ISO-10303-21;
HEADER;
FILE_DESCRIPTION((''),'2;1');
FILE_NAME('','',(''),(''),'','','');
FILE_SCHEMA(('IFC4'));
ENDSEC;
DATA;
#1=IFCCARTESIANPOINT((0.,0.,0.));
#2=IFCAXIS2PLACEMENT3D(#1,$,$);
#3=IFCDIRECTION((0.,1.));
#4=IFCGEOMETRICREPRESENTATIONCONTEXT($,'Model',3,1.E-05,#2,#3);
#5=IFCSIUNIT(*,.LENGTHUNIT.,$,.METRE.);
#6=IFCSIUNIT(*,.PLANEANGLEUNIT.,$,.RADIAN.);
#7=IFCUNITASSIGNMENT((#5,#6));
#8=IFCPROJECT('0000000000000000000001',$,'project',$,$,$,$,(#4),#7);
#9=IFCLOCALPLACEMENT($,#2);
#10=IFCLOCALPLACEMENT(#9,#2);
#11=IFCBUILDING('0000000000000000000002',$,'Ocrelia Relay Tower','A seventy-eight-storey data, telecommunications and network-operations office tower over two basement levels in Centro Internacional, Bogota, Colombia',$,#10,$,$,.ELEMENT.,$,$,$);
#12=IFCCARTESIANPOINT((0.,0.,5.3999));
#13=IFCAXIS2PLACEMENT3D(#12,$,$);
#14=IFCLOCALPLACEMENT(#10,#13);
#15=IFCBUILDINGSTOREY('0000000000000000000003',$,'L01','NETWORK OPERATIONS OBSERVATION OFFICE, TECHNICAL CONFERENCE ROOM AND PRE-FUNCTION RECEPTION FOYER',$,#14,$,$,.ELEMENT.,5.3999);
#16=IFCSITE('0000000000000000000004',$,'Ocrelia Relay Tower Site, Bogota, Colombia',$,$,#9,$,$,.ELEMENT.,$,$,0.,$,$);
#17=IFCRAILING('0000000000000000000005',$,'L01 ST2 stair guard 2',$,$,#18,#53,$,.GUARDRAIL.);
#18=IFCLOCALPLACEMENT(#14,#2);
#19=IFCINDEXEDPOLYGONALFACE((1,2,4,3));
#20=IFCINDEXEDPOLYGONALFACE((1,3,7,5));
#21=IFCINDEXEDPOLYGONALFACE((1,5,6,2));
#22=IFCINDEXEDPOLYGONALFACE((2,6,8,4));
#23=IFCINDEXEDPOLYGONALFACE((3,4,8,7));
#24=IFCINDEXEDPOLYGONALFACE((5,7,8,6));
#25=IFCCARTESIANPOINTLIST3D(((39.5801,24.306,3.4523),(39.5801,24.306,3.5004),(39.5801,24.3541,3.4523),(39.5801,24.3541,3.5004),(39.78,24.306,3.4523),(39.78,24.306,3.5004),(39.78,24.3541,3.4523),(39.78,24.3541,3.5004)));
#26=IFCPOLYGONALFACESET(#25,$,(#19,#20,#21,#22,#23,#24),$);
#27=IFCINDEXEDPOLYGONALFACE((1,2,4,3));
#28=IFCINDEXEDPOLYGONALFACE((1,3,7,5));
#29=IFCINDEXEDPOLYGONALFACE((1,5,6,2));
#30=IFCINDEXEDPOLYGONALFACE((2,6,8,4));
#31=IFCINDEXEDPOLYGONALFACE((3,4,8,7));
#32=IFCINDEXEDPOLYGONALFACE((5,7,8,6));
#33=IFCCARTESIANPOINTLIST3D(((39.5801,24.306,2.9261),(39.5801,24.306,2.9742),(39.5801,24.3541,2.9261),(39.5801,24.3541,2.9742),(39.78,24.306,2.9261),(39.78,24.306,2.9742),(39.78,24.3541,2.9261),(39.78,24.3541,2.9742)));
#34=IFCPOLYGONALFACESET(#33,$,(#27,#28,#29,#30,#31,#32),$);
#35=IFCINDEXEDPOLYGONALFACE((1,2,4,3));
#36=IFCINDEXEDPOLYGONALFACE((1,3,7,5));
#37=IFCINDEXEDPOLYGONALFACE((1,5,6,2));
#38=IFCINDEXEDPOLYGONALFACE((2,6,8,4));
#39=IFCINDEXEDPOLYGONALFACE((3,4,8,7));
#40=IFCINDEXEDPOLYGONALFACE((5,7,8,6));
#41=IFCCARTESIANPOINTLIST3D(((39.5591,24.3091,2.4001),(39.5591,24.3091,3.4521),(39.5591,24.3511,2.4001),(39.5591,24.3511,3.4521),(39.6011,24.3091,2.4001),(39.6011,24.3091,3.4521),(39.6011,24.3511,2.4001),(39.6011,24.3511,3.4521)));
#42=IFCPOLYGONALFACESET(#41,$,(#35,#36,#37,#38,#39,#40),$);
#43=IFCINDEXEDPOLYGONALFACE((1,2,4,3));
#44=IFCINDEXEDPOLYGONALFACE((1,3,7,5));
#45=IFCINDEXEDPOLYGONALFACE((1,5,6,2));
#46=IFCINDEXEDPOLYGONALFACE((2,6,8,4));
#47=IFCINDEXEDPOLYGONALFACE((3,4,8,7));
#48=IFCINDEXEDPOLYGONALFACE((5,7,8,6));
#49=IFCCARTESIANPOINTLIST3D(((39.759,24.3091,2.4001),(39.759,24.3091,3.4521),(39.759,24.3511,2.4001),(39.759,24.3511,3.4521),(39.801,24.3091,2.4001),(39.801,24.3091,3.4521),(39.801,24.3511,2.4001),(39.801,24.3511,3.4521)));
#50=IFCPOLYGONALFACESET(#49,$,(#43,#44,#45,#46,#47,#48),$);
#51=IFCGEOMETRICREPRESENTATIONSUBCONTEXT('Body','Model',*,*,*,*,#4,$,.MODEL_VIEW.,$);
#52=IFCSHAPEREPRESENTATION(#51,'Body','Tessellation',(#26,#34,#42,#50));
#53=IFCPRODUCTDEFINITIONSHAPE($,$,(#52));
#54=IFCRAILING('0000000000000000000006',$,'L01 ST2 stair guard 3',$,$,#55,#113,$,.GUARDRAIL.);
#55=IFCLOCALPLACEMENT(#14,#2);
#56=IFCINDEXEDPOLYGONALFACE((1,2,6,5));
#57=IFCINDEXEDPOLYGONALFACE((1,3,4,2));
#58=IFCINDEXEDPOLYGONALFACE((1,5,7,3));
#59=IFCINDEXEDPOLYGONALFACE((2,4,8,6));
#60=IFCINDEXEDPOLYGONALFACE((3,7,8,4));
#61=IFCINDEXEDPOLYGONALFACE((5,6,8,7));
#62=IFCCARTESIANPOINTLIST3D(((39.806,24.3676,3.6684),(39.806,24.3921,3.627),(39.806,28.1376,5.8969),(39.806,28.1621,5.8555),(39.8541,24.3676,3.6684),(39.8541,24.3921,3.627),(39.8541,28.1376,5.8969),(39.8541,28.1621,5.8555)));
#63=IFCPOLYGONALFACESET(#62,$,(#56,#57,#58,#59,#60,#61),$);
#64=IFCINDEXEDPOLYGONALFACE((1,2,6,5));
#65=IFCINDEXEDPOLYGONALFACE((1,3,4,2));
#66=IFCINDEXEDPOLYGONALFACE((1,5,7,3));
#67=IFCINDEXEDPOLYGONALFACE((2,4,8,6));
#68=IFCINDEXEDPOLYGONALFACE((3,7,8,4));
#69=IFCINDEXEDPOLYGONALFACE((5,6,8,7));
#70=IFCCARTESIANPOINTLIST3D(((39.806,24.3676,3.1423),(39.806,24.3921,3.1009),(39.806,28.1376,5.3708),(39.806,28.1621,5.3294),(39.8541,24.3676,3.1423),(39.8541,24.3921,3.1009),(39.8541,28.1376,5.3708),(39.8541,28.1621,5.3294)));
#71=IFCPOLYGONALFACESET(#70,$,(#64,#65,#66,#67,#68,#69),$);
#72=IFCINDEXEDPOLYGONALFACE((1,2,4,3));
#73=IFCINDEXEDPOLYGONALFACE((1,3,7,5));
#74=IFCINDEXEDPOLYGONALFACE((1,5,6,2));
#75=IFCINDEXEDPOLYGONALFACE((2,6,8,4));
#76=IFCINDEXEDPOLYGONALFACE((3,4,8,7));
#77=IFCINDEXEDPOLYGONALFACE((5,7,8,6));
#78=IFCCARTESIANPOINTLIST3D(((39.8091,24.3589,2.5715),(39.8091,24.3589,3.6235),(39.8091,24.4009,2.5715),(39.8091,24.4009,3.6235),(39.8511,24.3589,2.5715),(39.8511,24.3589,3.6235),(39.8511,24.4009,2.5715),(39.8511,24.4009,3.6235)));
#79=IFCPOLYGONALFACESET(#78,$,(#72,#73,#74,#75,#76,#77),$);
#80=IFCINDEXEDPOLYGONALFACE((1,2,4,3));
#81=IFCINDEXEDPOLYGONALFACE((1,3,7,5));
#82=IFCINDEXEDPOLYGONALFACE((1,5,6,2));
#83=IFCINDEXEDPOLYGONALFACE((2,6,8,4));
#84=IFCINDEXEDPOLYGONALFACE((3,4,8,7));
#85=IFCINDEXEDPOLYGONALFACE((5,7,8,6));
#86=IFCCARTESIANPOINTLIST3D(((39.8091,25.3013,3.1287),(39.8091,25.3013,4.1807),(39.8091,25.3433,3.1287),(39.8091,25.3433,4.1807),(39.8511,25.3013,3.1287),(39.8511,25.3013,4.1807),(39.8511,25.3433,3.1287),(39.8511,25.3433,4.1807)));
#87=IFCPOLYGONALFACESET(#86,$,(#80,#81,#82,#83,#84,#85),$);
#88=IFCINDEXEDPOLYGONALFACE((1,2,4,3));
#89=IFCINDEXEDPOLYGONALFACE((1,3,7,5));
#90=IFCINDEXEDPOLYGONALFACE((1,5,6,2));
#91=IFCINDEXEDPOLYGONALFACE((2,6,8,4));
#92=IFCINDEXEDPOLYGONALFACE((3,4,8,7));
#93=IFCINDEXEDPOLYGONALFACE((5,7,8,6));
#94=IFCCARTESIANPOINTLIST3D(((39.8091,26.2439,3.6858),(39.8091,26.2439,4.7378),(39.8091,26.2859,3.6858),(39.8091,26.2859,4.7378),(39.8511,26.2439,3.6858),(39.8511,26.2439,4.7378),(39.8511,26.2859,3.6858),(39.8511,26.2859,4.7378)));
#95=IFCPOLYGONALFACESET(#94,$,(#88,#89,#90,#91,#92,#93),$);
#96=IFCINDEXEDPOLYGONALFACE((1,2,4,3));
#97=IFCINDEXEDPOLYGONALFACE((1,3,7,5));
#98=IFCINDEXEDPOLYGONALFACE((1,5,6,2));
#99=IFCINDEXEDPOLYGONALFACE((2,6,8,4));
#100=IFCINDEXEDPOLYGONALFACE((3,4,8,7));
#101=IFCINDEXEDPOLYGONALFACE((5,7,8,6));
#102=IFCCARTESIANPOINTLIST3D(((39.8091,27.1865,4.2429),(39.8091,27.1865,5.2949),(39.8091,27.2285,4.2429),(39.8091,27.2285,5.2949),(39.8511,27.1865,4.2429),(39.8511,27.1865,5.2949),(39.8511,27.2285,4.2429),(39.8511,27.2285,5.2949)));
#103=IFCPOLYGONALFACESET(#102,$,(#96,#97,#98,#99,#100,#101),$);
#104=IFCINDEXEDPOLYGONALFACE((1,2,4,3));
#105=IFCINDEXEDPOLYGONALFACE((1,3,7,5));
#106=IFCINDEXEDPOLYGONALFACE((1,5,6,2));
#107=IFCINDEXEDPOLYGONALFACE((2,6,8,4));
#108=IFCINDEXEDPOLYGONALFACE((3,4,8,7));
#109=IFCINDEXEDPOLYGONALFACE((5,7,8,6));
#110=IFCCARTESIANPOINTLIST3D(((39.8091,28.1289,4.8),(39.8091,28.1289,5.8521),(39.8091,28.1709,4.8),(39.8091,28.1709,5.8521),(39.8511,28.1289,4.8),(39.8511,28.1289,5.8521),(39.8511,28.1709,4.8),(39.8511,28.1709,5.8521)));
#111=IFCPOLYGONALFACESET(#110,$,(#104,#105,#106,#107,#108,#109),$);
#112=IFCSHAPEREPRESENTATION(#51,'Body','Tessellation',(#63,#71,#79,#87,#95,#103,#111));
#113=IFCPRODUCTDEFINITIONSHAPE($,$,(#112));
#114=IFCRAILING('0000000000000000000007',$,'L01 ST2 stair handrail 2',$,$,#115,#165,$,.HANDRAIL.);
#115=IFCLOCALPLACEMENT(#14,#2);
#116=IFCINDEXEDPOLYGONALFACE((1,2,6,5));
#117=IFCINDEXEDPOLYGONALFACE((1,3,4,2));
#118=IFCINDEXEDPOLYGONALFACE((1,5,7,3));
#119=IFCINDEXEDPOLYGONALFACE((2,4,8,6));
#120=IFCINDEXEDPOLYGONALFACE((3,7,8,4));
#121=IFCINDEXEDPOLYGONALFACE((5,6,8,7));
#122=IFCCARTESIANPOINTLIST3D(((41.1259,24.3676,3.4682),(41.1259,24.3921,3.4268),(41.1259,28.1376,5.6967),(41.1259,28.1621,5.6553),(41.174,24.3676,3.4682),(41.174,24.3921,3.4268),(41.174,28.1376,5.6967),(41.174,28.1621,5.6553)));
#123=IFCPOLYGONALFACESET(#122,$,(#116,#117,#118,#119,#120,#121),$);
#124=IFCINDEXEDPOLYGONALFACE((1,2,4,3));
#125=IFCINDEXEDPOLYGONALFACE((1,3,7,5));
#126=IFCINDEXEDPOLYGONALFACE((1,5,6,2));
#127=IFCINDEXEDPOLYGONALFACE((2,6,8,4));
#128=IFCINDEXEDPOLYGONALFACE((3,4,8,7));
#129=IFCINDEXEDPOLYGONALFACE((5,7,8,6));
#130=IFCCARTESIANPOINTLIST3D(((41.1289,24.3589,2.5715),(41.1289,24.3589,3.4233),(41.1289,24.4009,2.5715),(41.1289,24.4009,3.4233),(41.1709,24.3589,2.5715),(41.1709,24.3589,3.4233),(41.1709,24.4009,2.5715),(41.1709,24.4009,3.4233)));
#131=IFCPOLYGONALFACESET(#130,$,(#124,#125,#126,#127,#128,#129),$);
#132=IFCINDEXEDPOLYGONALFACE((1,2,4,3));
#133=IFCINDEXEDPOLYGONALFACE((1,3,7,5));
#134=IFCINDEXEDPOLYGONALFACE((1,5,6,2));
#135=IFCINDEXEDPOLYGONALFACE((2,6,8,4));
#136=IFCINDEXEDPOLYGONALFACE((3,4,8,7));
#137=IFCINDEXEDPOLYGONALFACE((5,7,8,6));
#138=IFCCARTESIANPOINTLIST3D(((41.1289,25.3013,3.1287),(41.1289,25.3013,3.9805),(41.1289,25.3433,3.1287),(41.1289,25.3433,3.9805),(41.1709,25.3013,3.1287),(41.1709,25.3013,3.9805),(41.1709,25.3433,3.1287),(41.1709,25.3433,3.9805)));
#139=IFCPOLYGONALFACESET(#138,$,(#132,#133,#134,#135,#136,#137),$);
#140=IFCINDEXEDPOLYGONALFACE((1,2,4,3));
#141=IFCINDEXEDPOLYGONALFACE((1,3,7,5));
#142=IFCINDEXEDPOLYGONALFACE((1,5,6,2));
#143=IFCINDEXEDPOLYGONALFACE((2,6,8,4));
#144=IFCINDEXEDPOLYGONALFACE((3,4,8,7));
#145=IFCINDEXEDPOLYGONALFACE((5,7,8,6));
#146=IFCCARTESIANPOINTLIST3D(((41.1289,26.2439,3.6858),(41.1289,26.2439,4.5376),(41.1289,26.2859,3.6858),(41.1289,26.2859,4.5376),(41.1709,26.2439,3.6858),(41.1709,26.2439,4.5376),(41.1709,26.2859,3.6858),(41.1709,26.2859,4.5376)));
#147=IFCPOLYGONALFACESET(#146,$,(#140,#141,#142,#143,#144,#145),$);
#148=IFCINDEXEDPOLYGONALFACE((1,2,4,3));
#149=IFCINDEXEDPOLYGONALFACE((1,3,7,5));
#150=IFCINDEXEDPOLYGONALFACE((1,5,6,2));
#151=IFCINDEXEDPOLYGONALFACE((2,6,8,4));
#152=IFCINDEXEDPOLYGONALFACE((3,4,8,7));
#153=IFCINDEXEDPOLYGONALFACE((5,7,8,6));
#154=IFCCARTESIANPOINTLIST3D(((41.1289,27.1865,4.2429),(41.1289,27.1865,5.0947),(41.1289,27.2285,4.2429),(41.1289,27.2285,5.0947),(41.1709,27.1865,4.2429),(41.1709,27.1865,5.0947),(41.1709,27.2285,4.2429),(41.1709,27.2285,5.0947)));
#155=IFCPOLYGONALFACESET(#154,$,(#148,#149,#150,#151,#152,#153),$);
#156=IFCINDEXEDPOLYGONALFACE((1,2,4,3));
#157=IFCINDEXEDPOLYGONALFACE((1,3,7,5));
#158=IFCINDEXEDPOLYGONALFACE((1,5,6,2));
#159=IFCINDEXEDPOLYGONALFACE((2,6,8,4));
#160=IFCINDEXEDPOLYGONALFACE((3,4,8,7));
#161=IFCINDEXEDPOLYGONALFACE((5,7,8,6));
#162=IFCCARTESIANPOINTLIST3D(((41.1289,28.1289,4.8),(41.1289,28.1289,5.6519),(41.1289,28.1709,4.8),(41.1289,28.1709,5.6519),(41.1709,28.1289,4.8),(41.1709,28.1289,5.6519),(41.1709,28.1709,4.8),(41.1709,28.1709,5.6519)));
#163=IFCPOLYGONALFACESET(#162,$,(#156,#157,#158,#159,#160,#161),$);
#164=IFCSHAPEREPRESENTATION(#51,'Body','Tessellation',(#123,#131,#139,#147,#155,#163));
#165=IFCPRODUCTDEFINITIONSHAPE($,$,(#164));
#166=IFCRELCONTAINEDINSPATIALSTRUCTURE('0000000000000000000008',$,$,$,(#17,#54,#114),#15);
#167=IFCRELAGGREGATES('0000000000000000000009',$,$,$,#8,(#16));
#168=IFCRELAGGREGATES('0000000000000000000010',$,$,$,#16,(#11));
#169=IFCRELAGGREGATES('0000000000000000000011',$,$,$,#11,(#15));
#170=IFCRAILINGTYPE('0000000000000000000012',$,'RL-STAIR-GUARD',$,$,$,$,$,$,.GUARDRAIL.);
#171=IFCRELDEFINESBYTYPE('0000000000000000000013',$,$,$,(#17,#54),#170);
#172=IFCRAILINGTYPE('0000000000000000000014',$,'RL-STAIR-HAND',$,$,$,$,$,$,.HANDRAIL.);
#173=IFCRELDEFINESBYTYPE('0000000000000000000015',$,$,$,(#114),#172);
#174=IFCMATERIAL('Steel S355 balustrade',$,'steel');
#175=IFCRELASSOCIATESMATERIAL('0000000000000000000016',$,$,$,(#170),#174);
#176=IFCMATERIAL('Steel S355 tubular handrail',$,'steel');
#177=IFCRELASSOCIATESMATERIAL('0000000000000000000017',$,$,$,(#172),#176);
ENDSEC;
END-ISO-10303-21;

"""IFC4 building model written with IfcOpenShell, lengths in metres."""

from ifc_helpers import new_model, si_unit, direction, frame, origin, origin_2d, place, context, subcontext, project, spatial, rectangle, extrude, material, type_object, element, save


model = new_model("IFC4")

# Units and contexts
model_context = context("Model", 3, precision=1e-05, world=origin(), true_north=direction((0.0, 1.0)))
body_context = subcontext(model_context, "Body", "Model", "MODEL_VIEW")
ifc_project = project(units=[si_unit("LENGTHUNIT", "METRE"), si_unit("PLANEANGLEUNIT", "RADIAN")], contexts=[model_context])

# Site, building, storey
site_placement = place(None, origin())
site = spatial("IfcSite", under=ifc_project, at=site_placement, Name="Ocrelia Relay Tower Site, Bogota, Colombia", CompositionType="ELEMENT", RefElevation=0.0)
building_placement = place(site_placement, origin())
building = spatial("IfcBuilding", under=site, at=building_placement, Name="Ocrelia Relay Tower", Description="A seventy-eight-storey data, telecommunications and network-operations office tower over two basement levels in Centro Internacional, Bogota, Colombia", CompositionType="ELEMENT")
storey_placement = place(building_placement, frame((0.0, 0.0, 5.3999)))
storey = spatial("IfcBuildingStorey", under=building, at=storey_placement, Name="L01", Description="NETWORK OPERATIONS OBSERVATION OFFICE, TECHNICAL CONFERENCE ROOM AND PRE-FUNCTION RECEPTION FOYER", CompositionType="ELEMENT", Elevation=5.3999)

# Railings
ifc_material_1 = material(Name="Steel S355 balustrade", Category="steel")
railing_type_1 = type_object("IfcRailingType", Name="RL-STAIR-GUARD", PredefinedType="GUARDRAIL", material=ifc_material_1)
railing_1_placement = place(storey_placement, frame((39.5801, 24.3301, 2.4001)))
element("IfcRailing", 1, at=railing_1_placement, inside=storey, type_object=railing_type_1, Name="L01 ST2 stair guard 2", PredefinedType="GUARDRAIL", context=body_context, shape_type="SweptSolid", body=[
    extrude(rectangle(XDim=0.0481, YDim=0.0481, at=origin_2d()), frame((0.0, 0.0, 1.0762), z_axis=(1.0, 0.0, 0.0), x_axis=(0.0, 1.0, 0.0)), (0.0, 0.0, 1.0), 0.2),
    extrude(rectangle(XDim=0.0481, YDim=0.0481, at=origin_2d()), frame((0.0, 0.0, 0.55), z_axis=(1.0, 0.0, 0.0), x_axis=(0.0, 1.0, 0.0)), (0.0, 0.0, 1.0), 0.2),
    extrude(rectangle(XDim=0.042, YDim=0.042, at=origin_2d()), origin(), (0.0, 0.0, 1.0), 1.052),
    extrude(rectangle(XDim=0.042, YDim=0.042, at=origin_2d()), frame((0.2, 0.0, 0.0)), (0.0, 0.0, 1.0), 1.052),
])
railing_2_placement = place(storey_placement, frame((39.8301, 24.3799, 2.5715)))
element("IfcRailing", 2, at=railing_2_placement, inside=storey, type_object=railing_type_1, Name="L01 ST2 stair guard 3", PredefinedType="GUARDRAIL", context=body_context, shape_type="SweptSolid", body=[
    extrude(rectangle(XDim=0.0481, YDim=0.0481, at=origin_2d()), frame((0.0, 0.0, 1.0762), z_axis=(0.0, 0.860849, 0.508861), x_axis=(-1.0, 0.0, 0.0)), (0.0, 0.0, 1.0), 4.3794),
    extrude(rectangle(XDim=0.0481, YDim=0.0481, at=origin_2d()), frame((0.0, 0.0, 0.55), z_axis=(0.0, 0.860849, 0.508861), x_axis=(-1.0, 0.0, 0.0)), (0.0, 0.0, 1.0), 4.3794),
    extrude(rectangle(XDim=0.042, YDim=0.042, at=origin_2d()), origin(), (0.0, 0.0, 1.0), 1.052),
    extrude(rectangle(XDim=0.042, YDim=0.042, at=origin_2d()), frame((0.0, 0.9424, 0.5571)), (0.0, 0.0, 1.0), 1.052),
    extrude(rectangle(XDim=0.042, YDim=0.042, at=origin_2d()), frame((0.0, 1.885, 1.1143)), (0.0, 0.0, 1.0), 1.052),
    extrude(rectangle(XDim=0.042, YDim=0.042, at=origin_2d()), frame((0.0, 2.8276, 1.6714)), (0.0, 0.0, 1.0), 1.052),
    extrude(rectangle(XDim=0.042, YDim=0.042, at=origin_2d()), frame((0.0, 3.77, 2.2285)), (0.0, 0.0, 1.0), 1.052),
])
ifc_material_2 = material(Name="Steel S355 tubular handrail", Category="steel")
railing_type_2 = type_object("IfcRailingType", Name="RL-STAIR-HAND", PredefinedType="HANDRAIL", material=ifc_material_2)
railing_3_placement = place(storey_placement, frame((41.1499, 24.3799, 2.5715)))
element("IfcRailing", 3, at=railing_3_placement, inside=storey, type_object=railing_type_2, Name="L01 ST2 stair handrail 2", PredefinedType="HANDRAIL", context=body_context, shape_type="SweptSolid", body=[
    extrude(rectangle(XDim=0.0481, YDim=0.0481, at=origin_2d()), frame((0.0, 0.0, 0.876), z_axis=(0.0, 0.860849, 0.508861), x_axis=(-1.0, 0.0, 0.0)), (0.0, 0.0, 1.0), 4.3794),
    extrude(rectangle(XDim=0.042, YDim=0.042, at=origin_2d()), origin(), (0.0, 0.0, 1.0), 0.8518),
    extrude(rectangle(XDim=0.042, YDim=0.042, at=origin_2d()), frame((0.0, 0.9424, 0.5571)), (0.0, 0.0, 1.0), 0.8518),
    extrude(rectangle(XDim=0.042, YDim=0.042, at=origin_2d()), frame((0.0, 1.885, 1.1143)), (0.0, 0.0, 1.0), 0.8518),
    extrude(rectangle(XDim=0.042, YDim=0.042, at=origin_2d()), frame((0.0, 2.8276, 1.6714)), (0.0, 0.0, 1.0), 0.8518),
    extrude(rectangle(XDim=0.042, YDim=0.042, at=origin_2d()), frame((0.0, 3.77, 2.2285)), (0.0, 0.0, 1.0), 0.8518),
])

save(model, "model.ifc")
